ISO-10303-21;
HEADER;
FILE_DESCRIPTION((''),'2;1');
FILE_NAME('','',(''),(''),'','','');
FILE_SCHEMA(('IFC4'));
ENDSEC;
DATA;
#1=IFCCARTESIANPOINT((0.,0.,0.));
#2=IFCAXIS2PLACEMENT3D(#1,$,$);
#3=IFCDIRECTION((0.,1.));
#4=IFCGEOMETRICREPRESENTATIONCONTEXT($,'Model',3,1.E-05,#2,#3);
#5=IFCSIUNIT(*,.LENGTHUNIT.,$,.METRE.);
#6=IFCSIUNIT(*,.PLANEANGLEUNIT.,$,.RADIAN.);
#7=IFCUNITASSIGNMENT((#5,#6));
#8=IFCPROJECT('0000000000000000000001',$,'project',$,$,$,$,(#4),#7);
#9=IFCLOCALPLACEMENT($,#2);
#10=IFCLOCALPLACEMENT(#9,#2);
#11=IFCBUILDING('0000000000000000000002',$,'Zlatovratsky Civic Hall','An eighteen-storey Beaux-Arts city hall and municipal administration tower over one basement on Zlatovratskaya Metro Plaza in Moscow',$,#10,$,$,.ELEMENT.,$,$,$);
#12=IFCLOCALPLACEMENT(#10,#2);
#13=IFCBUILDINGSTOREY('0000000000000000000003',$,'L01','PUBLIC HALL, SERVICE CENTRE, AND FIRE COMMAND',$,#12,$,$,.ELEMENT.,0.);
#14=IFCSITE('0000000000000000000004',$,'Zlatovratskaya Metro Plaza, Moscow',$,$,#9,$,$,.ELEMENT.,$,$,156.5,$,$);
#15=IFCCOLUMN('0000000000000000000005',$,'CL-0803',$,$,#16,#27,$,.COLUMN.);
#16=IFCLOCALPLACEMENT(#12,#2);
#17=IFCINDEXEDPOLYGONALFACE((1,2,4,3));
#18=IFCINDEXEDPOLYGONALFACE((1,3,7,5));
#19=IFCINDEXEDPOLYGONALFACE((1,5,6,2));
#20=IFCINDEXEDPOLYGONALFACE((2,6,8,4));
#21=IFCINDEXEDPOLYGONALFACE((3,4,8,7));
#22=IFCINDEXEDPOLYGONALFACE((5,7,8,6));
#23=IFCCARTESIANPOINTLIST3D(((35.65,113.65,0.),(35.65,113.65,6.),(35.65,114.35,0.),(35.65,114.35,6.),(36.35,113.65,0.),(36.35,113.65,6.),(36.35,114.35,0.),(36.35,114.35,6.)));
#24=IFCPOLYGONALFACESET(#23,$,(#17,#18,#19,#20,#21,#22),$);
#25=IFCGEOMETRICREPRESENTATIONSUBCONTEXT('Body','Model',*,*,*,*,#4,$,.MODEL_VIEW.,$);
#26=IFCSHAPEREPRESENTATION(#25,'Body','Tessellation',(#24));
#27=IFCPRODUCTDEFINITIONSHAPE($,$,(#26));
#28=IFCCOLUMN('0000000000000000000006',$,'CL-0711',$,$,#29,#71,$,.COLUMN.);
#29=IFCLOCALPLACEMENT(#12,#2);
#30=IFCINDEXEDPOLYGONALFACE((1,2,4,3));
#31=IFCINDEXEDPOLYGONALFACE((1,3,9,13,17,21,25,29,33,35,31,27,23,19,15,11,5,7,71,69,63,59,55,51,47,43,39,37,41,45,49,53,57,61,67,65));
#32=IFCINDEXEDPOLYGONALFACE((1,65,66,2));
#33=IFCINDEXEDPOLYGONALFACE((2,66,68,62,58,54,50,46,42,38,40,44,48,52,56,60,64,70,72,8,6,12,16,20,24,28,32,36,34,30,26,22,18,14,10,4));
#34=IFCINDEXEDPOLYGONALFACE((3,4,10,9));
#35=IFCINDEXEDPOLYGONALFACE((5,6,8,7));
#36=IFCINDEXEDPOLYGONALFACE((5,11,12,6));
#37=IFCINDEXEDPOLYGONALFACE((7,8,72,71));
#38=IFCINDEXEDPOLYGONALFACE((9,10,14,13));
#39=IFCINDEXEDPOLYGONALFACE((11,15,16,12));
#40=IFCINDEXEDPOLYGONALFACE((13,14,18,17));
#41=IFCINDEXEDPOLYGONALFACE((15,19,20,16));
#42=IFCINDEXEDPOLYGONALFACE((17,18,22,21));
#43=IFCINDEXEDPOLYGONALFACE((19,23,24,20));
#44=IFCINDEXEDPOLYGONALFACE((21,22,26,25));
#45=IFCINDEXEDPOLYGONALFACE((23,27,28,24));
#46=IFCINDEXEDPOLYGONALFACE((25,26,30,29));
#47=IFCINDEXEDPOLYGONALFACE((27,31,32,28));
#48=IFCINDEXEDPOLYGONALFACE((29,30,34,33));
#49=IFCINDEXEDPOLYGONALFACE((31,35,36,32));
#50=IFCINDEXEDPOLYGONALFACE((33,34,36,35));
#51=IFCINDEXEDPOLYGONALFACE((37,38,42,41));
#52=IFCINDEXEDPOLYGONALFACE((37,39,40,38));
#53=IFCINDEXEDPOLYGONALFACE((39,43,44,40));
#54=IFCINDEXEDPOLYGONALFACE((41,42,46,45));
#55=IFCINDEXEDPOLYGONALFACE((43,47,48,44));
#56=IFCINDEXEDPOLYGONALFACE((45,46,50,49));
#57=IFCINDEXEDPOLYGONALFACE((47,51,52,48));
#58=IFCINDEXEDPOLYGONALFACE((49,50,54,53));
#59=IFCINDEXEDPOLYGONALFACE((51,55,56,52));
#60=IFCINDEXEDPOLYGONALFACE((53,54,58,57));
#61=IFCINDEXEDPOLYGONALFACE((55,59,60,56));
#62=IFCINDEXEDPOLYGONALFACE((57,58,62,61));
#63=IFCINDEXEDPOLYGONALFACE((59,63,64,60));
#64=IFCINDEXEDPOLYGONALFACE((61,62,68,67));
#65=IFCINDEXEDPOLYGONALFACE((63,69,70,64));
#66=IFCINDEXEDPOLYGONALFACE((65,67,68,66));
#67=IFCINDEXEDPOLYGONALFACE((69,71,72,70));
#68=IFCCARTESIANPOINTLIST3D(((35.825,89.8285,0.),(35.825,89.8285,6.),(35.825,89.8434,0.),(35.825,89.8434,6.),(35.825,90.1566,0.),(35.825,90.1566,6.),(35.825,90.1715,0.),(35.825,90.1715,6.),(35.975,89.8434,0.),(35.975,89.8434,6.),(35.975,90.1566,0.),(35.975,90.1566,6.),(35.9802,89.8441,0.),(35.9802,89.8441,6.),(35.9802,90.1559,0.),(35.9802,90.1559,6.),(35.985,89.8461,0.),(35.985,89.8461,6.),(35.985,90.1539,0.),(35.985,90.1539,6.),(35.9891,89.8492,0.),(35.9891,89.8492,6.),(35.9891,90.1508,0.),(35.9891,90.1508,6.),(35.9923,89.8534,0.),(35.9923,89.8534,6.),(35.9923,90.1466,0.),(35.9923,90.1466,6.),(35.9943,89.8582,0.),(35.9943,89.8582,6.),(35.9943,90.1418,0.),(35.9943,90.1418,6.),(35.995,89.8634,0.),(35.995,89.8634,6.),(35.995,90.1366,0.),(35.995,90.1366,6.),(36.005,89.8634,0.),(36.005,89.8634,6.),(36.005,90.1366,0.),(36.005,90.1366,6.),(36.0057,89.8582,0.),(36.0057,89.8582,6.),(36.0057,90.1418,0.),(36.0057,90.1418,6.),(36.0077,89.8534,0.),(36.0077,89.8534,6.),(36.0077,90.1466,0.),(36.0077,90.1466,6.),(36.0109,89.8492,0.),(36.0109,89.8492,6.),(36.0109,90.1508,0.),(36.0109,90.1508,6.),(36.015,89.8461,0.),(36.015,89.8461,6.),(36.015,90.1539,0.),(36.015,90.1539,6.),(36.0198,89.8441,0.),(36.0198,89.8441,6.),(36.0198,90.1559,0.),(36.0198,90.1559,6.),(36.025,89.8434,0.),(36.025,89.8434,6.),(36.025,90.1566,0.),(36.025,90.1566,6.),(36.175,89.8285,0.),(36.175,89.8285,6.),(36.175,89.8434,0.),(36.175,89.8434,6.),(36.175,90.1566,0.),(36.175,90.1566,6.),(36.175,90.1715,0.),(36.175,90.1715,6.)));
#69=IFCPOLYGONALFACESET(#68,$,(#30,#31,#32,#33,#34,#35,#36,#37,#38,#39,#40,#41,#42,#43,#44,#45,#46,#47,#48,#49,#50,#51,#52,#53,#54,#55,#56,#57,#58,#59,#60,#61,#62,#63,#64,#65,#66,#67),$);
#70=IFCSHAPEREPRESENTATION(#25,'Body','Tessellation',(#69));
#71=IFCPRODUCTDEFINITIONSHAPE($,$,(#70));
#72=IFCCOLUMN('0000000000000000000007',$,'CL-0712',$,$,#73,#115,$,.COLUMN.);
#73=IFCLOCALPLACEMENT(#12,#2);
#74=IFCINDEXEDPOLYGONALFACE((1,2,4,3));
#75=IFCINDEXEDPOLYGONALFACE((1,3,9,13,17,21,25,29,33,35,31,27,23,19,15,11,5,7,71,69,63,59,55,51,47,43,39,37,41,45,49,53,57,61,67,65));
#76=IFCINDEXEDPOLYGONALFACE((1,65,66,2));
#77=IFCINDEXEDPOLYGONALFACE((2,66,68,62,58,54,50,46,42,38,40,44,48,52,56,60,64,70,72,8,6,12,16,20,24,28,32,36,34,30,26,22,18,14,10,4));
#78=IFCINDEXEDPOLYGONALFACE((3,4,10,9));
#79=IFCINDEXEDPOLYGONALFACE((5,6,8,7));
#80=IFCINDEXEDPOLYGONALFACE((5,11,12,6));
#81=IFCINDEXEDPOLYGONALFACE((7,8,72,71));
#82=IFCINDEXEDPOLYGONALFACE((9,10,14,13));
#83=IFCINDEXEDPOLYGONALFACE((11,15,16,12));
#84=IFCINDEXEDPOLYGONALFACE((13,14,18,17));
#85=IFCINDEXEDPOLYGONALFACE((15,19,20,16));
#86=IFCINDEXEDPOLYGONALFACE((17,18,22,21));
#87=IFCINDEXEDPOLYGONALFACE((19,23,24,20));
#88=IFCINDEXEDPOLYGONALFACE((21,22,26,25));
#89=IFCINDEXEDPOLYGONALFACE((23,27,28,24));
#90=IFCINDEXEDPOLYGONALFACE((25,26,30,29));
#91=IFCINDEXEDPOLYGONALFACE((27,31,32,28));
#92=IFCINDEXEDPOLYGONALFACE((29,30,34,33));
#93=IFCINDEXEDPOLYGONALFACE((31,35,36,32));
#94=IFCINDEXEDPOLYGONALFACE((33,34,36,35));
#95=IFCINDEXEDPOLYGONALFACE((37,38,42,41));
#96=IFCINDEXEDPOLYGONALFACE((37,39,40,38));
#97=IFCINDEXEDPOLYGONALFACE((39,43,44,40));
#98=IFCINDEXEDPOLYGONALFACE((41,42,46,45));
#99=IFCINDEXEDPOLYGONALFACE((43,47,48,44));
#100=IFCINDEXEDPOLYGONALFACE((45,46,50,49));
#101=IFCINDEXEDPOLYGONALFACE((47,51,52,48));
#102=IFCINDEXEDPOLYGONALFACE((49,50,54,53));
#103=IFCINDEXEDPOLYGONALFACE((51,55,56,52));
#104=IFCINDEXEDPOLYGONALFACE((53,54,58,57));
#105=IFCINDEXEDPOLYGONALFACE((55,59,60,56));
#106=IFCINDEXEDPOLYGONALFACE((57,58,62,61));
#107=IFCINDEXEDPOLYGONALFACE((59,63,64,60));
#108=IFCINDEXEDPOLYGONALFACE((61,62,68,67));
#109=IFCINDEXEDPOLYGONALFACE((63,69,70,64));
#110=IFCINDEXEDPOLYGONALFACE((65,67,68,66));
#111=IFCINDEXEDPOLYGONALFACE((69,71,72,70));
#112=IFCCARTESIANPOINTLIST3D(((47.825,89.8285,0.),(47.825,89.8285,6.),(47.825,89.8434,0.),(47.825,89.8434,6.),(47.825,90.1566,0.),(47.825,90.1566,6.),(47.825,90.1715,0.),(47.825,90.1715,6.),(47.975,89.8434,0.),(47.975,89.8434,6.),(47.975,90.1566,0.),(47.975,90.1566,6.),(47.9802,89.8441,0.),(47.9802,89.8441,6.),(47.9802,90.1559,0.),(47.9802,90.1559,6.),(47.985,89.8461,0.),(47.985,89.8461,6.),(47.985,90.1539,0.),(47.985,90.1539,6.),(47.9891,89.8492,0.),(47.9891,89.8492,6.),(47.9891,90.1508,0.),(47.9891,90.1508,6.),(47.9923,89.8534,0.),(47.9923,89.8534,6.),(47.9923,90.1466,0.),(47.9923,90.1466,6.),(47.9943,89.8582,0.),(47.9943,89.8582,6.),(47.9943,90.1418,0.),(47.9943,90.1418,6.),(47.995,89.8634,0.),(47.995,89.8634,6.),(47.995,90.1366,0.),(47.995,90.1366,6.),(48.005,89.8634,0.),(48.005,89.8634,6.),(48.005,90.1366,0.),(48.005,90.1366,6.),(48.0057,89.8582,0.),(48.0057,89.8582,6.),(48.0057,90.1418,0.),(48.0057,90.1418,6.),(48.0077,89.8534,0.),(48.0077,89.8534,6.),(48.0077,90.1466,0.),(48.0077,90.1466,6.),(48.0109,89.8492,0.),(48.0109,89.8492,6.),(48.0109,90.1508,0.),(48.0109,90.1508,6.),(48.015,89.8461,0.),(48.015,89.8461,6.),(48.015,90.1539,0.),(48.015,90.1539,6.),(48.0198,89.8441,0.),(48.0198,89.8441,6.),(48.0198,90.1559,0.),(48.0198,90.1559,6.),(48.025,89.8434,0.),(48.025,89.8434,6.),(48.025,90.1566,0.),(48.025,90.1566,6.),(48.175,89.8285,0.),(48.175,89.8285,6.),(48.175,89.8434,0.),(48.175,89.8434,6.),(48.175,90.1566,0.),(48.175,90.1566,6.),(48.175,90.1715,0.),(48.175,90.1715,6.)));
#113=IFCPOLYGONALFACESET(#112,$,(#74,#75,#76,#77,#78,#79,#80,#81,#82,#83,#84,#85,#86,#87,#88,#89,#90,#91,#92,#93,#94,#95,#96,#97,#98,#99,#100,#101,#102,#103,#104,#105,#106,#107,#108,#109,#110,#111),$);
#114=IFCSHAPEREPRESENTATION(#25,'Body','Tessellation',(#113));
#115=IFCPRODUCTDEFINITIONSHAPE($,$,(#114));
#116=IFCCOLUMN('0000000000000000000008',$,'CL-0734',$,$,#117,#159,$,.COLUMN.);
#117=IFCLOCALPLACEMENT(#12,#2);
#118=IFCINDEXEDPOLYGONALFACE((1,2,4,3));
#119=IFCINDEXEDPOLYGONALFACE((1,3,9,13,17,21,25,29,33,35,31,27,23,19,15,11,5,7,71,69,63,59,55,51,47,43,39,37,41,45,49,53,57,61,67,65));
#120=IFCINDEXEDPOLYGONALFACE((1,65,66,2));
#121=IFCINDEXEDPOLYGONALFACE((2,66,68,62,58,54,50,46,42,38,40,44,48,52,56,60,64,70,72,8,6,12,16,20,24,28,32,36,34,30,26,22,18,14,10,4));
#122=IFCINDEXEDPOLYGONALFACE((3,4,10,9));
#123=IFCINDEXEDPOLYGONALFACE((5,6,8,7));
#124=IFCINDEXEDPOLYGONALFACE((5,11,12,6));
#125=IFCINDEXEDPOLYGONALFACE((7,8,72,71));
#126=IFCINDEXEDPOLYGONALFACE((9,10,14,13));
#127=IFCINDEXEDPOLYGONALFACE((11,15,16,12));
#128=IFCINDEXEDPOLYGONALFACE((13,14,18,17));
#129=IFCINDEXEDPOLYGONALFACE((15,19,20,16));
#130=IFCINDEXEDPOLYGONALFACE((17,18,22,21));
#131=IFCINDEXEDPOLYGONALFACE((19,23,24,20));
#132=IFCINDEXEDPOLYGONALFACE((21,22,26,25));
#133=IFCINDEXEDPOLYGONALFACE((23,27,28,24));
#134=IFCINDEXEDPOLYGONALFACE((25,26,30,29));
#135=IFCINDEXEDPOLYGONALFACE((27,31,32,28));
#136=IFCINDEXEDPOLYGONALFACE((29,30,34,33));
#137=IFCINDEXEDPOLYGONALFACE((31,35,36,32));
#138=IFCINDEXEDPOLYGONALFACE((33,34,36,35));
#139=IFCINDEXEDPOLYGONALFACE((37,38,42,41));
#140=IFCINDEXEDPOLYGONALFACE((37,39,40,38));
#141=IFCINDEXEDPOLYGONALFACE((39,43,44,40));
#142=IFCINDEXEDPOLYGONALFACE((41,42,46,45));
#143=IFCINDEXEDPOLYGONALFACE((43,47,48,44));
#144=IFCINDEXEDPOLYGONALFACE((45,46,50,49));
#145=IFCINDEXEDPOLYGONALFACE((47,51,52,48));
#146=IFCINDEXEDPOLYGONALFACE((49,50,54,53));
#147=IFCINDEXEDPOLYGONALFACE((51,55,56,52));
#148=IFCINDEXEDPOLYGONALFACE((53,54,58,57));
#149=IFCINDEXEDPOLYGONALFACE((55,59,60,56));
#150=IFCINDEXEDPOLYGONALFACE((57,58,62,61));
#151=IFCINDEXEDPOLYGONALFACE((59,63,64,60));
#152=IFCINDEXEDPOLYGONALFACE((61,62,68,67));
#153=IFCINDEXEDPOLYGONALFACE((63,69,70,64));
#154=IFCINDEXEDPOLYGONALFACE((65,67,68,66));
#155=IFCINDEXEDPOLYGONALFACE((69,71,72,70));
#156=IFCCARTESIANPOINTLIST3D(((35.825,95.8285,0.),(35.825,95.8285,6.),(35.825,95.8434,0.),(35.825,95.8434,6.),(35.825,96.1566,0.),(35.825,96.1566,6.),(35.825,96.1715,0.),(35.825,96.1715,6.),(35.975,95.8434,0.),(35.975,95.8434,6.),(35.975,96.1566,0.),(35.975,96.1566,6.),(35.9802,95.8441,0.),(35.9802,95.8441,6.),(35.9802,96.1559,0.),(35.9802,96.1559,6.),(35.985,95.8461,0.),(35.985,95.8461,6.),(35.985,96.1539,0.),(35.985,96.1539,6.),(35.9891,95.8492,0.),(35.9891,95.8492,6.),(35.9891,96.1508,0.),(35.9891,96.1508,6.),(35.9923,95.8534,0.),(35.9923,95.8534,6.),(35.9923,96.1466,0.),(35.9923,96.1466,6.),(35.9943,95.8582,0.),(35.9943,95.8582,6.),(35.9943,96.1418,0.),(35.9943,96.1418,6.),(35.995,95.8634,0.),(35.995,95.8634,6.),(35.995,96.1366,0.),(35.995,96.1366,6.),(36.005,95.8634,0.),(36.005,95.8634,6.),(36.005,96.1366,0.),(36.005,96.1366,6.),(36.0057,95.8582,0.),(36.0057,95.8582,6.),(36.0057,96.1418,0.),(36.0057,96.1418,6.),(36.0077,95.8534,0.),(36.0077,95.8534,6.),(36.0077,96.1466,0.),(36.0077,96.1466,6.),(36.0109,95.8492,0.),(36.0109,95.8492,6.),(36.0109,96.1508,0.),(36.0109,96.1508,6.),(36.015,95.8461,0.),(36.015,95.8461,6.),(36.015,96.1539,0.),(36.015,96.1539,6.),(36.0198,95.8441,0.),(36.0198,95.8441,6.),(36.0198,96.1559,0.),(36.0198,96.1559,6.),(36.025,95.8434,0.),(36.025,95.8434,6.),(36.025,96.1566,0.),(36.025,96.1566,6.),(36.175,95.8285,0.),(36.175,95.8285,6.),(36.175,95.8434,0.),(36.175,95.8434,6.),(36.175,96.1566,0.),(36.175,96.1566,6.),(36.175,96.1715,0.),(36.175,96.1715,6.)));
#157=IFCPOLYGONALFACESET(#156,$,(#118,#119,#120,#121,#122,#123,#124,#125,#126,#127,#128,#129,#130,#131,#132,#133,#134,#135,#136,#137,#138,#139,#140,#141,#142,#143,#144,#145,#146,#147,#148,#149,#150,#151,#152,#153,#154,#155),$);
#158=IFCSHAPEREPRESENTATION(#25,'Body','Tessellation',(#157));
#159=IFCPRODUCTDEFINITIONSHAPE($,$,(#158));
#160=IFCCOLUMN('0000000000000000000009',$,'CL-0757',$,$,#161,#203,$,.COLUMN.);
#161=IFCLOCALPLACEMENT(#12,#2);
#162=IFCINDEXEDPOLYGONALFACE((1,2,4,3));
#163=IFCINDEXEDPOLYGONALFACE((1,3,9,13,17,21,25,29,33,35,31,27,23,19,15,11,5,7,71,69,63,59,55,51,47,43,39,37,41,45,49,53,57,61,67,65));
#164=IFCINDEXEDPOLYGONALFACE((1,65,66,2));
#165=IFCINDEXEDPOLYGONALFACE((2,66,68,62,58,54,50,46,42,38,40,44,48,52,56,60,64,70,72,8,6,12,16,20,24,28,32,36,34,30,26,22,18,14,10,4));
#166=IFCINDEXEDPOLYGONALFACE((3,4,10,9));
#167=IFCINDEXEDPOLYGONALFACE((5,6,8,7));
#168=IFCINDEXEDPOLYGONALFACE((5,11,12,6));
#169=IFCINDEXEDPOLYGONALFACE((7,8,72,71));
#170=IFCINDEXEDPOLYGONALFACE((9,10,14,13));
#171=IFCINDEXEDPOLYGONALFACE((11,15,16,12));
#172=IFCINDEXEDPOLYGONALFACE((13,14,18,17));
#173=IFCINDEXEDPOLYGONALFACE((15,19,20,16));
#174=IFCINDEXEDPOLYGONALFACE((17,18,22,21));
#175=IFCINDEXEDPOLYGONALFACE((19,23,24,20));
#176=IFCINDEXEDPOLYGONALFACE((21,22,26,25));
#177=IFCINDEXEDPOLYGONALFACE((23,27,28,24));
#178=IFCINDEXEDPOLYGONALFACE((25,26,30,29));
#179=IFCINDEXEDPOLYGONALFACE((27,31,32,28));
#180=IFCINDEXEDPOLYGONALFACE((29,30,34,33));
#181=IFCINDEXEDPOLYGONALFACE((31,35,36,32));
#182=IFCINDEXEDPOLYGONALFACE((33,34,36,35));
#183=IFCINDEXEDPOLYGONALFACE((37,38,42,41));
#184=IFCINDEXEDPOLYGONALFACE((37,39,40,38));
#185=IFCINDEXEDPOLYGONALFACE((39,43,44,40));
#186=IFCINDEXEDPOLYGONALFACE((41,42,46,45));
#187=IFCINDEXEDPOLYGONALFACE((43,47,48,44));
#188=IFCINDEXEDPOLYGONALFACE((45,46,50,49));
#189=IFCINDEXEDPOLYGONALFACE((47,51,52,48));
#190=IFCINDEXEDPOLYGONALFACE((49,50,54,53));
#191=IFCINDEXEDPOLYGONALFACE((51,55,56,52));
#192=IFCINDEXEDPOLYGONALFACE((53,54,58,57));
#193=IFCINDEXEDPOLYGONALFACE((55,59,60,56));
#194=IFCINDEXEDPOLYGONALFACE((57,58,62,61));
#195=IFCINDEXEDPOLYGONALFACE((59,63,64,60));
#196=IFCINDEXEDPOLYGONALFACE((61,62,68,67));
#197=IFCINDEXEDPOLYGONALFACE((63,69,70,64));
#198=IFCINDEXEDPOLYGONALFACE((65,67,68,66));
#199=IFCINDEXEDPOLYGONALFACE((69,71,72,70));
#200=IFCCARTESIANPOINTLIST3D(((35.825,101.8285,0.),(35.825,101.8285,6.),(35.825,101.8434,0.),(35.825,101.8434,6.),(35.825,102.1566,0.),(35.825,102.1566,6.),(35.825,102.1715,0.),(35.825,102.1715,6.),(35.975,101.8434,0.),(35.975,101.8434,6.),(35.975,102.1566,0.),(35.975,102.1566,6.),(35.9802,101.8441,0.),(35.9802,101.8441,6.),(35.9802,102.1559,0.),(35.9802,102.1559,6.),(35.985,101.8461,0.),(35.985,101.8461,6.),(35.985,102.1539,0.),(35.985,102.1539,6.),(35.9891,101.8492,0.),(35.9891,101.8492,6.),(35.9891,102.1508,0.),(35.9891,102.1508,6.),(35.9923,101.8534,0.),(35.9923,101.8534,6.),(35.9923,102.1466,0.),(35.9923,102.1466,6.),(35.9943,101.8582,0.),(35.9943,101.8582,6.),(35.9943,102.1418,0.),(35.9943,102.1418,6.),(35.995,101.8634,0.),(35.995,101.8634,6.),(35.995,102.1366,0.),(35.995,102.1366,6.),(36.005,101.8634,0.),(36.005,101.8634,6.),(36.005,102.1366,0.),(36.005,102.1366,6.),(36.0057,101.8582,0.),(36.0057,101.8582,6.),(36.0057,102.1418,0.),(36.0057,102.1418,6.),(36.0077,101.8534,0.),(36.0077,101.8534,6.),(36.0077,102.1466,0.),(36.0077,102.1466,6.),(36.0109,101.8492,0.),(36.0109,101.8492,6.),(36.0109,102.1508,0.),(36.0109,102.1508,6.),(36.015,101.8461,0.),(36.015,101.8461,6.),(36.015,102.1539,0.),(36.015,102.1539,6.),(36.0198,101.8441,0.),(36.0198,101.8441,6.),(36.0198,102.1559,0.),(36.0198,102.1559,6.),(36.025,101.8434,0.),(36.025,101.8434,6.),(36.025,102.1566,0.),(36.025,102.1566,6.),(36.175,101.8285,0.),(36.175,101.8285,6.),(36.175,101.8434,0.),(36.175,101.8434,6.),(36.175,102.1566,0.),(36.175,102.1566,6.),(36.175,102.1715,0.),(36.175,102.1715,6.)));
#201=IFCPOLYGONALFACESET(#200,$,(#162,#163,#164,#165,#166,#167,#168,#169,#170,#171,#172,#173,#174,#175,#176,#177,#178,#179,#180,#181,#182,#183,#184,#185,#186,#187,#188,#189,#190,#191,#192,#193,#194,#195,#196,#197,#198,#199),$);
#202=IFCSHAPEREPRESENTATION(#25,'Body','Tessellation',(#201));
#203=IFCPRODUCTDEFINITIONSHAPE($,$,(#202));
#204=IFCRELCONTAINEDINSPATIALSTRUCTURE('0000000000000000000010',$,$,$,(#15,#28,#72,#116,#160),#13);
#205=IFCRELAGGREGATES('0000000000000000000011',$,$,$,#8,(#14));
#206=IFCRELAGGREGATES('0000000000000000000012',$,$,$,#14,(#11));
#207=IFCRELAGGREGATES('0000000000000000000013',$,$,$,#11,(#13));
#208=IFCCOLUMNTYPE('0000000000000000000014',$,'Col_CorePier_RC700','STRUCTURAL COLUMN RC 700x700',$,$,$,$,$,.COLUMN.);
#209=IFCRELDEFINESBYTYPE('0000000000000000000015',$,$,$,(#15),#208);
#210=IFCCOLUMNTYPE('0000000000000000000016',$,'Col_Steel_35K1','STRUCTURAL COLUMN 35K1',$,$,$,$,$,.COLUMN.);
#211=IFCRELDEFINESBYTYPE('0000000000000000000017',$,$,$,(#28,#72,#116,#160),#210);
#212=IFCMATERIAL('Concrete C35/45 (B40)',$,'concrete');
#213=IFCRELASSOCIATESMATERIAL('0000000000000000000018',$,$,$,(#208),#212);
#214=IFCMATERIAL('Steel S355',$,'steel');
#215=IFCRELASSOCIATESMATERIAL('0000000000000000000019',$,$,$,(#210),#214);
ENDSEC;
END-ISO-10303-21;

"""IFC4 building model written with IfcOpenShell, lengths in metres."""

from ifc_helpers import new_model, si_unit, direction, frame, origin, origin_2d, place, context, subcontext, project, spatial, rectangle, i_section, extrude, material, material_profile, profile_set, type_object, element, save


model = new_model("IFC4")

# Units and contexts
model_context = context("Model", 3, precision=1e-05, world=origin(), true_north=direction((0.0, 1.0)))
body_context = subcontext(model_context, "Body", "Model", "MODEL_VIEW")
ifc_project = project(units=[si_unit("LENGTHUNIT", "METRE"), si_unit("PLANEANGLEUNIT", "RADIAN")], contexts=[model_context])

# Site, building, storey
site_placement = place(None, origin())
site = spatial("IfcSite", under=ifc_project, at=site_placement, Name="Zlatovratskaya Metro Plaza, Moscow", CompositionType="ELEMENT", RefElevation=156.5)
building_placement = place(site_placement, origin())
building = spatial("IfcBuilding", under=site, at=building_placement, Name="Zlatovratsky Civic Hall", Description="An eighteen-storey Beaux-Arts city hall and municipal administration tower over one basement on Zlatovratskaya Metro Plaza in Moscow", CompositionType="ELEMENT")
storey_placement = place(building_placement, origin())
storey = spatial("IfcBuildingStorey", under=building, at=storey_placement, Name="L01", Description="PUBLIC HALL, SERVICE CENTRE, AND FIRE COMMAND", CompositionType="ELEMENT", Elevation=0.0)

# Columns
ifc_material_1 = material(Name="Concrete C35/45 (B40)", Category="concrete")
ifc_material_profile_1 = material_profile(ifc_material_1, rectangle(XDim=0.7, YDim=0.7, at=origin_2d()), Name="RC 700x700")
ifc_profile_set_1 = profile_set([ifc_material_profile_1], Name="Concrete C35/45 (B40)")
column_type_1 = type_object("IfcColumnType", Name="Col_CorePier_RC700", Description="STRUCTURAL COLUMN RC 700x700", PredefinedType="COLUMN", material=ifc_profile_set_1)
column_1_placement = place(storey_placement, frame((36.0, 114.0, 0.0), z_axis=(0.0, 0.0, 1.0), x_axis=(1.0, 0.0, 0.0)))
element("IfcColumn", 1, at=column_1_placement, inside=storey, type_object=column_type_1, Name="CL-0803", PredefinedType="COLUMN", context=body_context, shape_type="SweptSolid", body=[
    extrude(rectangle(XDim=0.7, YDim=0.7, at=origin_2d()), origin(), (0.0, 0.0, 1.0), 6.0),
])
ifc_material_2 = material(Name="Steel S355", Category="steel")
ifc_material_profile_2 = material_profile(ifc_material_2, i_section(OverallWidth=0.3501, OverallDepth=0.343, WebThickness=0.01, FlangeThickness=0.0149, FilletRadius=0.02, at=origin_2d()), Name="35K1")
ifc_profile_set_2 = profile_set([ifc_material_profile_2], Name="Steel S355")
column_type_2 = type_object("IfcColumnType", Name="Col_Steel_35K1", Description="STRUCTURAL COLUMN 35K1", PredefinedType="COLUMN", material=ifc_profile_set_2)
for number, where, z_axis, x_axis, name in (
    (2, (36.0, 90.0, 0.0), (0.0, 0.0, 1.0), (1.0, 0.0, 0.0), "CL-0711"),
    (3, (48.0, 90.0, 0.0), (0.0, 0.0, 1.0), (1.0, 0.0, 0.0), "CL-0712"),
    (4, (36.0, 96.0, 0.0), (0.0, 0.0, 1.0), (1.0, 0.0, 0.0), "CL-0734"),
    (5, (36.0, 102.0, 0.0), (0.0, 0.0, 1.0), (1.0, 0.0, 0.0), "CL-0757"),
):
    element("IfcColumn", number, at=place(storey_placement, frame(where, z_axis=z_axis, x_axis=x_axis)), inside=storey, type_object=column_type_2, Name=name, PredefinedType="COLUMN", context=body_context, shape_type="SweptSolid", body=[
        extrude(i_section(OverallWidth=0.3501, OverallDepth=0.343, WebThickness=0.01, FlangeThickness=0.0149, FilletRadius=0.02, at=origin_2d()), origin(), (0.0, 0.0, 1.0), 6.0),
    ])

save(model, "model.ifc")
